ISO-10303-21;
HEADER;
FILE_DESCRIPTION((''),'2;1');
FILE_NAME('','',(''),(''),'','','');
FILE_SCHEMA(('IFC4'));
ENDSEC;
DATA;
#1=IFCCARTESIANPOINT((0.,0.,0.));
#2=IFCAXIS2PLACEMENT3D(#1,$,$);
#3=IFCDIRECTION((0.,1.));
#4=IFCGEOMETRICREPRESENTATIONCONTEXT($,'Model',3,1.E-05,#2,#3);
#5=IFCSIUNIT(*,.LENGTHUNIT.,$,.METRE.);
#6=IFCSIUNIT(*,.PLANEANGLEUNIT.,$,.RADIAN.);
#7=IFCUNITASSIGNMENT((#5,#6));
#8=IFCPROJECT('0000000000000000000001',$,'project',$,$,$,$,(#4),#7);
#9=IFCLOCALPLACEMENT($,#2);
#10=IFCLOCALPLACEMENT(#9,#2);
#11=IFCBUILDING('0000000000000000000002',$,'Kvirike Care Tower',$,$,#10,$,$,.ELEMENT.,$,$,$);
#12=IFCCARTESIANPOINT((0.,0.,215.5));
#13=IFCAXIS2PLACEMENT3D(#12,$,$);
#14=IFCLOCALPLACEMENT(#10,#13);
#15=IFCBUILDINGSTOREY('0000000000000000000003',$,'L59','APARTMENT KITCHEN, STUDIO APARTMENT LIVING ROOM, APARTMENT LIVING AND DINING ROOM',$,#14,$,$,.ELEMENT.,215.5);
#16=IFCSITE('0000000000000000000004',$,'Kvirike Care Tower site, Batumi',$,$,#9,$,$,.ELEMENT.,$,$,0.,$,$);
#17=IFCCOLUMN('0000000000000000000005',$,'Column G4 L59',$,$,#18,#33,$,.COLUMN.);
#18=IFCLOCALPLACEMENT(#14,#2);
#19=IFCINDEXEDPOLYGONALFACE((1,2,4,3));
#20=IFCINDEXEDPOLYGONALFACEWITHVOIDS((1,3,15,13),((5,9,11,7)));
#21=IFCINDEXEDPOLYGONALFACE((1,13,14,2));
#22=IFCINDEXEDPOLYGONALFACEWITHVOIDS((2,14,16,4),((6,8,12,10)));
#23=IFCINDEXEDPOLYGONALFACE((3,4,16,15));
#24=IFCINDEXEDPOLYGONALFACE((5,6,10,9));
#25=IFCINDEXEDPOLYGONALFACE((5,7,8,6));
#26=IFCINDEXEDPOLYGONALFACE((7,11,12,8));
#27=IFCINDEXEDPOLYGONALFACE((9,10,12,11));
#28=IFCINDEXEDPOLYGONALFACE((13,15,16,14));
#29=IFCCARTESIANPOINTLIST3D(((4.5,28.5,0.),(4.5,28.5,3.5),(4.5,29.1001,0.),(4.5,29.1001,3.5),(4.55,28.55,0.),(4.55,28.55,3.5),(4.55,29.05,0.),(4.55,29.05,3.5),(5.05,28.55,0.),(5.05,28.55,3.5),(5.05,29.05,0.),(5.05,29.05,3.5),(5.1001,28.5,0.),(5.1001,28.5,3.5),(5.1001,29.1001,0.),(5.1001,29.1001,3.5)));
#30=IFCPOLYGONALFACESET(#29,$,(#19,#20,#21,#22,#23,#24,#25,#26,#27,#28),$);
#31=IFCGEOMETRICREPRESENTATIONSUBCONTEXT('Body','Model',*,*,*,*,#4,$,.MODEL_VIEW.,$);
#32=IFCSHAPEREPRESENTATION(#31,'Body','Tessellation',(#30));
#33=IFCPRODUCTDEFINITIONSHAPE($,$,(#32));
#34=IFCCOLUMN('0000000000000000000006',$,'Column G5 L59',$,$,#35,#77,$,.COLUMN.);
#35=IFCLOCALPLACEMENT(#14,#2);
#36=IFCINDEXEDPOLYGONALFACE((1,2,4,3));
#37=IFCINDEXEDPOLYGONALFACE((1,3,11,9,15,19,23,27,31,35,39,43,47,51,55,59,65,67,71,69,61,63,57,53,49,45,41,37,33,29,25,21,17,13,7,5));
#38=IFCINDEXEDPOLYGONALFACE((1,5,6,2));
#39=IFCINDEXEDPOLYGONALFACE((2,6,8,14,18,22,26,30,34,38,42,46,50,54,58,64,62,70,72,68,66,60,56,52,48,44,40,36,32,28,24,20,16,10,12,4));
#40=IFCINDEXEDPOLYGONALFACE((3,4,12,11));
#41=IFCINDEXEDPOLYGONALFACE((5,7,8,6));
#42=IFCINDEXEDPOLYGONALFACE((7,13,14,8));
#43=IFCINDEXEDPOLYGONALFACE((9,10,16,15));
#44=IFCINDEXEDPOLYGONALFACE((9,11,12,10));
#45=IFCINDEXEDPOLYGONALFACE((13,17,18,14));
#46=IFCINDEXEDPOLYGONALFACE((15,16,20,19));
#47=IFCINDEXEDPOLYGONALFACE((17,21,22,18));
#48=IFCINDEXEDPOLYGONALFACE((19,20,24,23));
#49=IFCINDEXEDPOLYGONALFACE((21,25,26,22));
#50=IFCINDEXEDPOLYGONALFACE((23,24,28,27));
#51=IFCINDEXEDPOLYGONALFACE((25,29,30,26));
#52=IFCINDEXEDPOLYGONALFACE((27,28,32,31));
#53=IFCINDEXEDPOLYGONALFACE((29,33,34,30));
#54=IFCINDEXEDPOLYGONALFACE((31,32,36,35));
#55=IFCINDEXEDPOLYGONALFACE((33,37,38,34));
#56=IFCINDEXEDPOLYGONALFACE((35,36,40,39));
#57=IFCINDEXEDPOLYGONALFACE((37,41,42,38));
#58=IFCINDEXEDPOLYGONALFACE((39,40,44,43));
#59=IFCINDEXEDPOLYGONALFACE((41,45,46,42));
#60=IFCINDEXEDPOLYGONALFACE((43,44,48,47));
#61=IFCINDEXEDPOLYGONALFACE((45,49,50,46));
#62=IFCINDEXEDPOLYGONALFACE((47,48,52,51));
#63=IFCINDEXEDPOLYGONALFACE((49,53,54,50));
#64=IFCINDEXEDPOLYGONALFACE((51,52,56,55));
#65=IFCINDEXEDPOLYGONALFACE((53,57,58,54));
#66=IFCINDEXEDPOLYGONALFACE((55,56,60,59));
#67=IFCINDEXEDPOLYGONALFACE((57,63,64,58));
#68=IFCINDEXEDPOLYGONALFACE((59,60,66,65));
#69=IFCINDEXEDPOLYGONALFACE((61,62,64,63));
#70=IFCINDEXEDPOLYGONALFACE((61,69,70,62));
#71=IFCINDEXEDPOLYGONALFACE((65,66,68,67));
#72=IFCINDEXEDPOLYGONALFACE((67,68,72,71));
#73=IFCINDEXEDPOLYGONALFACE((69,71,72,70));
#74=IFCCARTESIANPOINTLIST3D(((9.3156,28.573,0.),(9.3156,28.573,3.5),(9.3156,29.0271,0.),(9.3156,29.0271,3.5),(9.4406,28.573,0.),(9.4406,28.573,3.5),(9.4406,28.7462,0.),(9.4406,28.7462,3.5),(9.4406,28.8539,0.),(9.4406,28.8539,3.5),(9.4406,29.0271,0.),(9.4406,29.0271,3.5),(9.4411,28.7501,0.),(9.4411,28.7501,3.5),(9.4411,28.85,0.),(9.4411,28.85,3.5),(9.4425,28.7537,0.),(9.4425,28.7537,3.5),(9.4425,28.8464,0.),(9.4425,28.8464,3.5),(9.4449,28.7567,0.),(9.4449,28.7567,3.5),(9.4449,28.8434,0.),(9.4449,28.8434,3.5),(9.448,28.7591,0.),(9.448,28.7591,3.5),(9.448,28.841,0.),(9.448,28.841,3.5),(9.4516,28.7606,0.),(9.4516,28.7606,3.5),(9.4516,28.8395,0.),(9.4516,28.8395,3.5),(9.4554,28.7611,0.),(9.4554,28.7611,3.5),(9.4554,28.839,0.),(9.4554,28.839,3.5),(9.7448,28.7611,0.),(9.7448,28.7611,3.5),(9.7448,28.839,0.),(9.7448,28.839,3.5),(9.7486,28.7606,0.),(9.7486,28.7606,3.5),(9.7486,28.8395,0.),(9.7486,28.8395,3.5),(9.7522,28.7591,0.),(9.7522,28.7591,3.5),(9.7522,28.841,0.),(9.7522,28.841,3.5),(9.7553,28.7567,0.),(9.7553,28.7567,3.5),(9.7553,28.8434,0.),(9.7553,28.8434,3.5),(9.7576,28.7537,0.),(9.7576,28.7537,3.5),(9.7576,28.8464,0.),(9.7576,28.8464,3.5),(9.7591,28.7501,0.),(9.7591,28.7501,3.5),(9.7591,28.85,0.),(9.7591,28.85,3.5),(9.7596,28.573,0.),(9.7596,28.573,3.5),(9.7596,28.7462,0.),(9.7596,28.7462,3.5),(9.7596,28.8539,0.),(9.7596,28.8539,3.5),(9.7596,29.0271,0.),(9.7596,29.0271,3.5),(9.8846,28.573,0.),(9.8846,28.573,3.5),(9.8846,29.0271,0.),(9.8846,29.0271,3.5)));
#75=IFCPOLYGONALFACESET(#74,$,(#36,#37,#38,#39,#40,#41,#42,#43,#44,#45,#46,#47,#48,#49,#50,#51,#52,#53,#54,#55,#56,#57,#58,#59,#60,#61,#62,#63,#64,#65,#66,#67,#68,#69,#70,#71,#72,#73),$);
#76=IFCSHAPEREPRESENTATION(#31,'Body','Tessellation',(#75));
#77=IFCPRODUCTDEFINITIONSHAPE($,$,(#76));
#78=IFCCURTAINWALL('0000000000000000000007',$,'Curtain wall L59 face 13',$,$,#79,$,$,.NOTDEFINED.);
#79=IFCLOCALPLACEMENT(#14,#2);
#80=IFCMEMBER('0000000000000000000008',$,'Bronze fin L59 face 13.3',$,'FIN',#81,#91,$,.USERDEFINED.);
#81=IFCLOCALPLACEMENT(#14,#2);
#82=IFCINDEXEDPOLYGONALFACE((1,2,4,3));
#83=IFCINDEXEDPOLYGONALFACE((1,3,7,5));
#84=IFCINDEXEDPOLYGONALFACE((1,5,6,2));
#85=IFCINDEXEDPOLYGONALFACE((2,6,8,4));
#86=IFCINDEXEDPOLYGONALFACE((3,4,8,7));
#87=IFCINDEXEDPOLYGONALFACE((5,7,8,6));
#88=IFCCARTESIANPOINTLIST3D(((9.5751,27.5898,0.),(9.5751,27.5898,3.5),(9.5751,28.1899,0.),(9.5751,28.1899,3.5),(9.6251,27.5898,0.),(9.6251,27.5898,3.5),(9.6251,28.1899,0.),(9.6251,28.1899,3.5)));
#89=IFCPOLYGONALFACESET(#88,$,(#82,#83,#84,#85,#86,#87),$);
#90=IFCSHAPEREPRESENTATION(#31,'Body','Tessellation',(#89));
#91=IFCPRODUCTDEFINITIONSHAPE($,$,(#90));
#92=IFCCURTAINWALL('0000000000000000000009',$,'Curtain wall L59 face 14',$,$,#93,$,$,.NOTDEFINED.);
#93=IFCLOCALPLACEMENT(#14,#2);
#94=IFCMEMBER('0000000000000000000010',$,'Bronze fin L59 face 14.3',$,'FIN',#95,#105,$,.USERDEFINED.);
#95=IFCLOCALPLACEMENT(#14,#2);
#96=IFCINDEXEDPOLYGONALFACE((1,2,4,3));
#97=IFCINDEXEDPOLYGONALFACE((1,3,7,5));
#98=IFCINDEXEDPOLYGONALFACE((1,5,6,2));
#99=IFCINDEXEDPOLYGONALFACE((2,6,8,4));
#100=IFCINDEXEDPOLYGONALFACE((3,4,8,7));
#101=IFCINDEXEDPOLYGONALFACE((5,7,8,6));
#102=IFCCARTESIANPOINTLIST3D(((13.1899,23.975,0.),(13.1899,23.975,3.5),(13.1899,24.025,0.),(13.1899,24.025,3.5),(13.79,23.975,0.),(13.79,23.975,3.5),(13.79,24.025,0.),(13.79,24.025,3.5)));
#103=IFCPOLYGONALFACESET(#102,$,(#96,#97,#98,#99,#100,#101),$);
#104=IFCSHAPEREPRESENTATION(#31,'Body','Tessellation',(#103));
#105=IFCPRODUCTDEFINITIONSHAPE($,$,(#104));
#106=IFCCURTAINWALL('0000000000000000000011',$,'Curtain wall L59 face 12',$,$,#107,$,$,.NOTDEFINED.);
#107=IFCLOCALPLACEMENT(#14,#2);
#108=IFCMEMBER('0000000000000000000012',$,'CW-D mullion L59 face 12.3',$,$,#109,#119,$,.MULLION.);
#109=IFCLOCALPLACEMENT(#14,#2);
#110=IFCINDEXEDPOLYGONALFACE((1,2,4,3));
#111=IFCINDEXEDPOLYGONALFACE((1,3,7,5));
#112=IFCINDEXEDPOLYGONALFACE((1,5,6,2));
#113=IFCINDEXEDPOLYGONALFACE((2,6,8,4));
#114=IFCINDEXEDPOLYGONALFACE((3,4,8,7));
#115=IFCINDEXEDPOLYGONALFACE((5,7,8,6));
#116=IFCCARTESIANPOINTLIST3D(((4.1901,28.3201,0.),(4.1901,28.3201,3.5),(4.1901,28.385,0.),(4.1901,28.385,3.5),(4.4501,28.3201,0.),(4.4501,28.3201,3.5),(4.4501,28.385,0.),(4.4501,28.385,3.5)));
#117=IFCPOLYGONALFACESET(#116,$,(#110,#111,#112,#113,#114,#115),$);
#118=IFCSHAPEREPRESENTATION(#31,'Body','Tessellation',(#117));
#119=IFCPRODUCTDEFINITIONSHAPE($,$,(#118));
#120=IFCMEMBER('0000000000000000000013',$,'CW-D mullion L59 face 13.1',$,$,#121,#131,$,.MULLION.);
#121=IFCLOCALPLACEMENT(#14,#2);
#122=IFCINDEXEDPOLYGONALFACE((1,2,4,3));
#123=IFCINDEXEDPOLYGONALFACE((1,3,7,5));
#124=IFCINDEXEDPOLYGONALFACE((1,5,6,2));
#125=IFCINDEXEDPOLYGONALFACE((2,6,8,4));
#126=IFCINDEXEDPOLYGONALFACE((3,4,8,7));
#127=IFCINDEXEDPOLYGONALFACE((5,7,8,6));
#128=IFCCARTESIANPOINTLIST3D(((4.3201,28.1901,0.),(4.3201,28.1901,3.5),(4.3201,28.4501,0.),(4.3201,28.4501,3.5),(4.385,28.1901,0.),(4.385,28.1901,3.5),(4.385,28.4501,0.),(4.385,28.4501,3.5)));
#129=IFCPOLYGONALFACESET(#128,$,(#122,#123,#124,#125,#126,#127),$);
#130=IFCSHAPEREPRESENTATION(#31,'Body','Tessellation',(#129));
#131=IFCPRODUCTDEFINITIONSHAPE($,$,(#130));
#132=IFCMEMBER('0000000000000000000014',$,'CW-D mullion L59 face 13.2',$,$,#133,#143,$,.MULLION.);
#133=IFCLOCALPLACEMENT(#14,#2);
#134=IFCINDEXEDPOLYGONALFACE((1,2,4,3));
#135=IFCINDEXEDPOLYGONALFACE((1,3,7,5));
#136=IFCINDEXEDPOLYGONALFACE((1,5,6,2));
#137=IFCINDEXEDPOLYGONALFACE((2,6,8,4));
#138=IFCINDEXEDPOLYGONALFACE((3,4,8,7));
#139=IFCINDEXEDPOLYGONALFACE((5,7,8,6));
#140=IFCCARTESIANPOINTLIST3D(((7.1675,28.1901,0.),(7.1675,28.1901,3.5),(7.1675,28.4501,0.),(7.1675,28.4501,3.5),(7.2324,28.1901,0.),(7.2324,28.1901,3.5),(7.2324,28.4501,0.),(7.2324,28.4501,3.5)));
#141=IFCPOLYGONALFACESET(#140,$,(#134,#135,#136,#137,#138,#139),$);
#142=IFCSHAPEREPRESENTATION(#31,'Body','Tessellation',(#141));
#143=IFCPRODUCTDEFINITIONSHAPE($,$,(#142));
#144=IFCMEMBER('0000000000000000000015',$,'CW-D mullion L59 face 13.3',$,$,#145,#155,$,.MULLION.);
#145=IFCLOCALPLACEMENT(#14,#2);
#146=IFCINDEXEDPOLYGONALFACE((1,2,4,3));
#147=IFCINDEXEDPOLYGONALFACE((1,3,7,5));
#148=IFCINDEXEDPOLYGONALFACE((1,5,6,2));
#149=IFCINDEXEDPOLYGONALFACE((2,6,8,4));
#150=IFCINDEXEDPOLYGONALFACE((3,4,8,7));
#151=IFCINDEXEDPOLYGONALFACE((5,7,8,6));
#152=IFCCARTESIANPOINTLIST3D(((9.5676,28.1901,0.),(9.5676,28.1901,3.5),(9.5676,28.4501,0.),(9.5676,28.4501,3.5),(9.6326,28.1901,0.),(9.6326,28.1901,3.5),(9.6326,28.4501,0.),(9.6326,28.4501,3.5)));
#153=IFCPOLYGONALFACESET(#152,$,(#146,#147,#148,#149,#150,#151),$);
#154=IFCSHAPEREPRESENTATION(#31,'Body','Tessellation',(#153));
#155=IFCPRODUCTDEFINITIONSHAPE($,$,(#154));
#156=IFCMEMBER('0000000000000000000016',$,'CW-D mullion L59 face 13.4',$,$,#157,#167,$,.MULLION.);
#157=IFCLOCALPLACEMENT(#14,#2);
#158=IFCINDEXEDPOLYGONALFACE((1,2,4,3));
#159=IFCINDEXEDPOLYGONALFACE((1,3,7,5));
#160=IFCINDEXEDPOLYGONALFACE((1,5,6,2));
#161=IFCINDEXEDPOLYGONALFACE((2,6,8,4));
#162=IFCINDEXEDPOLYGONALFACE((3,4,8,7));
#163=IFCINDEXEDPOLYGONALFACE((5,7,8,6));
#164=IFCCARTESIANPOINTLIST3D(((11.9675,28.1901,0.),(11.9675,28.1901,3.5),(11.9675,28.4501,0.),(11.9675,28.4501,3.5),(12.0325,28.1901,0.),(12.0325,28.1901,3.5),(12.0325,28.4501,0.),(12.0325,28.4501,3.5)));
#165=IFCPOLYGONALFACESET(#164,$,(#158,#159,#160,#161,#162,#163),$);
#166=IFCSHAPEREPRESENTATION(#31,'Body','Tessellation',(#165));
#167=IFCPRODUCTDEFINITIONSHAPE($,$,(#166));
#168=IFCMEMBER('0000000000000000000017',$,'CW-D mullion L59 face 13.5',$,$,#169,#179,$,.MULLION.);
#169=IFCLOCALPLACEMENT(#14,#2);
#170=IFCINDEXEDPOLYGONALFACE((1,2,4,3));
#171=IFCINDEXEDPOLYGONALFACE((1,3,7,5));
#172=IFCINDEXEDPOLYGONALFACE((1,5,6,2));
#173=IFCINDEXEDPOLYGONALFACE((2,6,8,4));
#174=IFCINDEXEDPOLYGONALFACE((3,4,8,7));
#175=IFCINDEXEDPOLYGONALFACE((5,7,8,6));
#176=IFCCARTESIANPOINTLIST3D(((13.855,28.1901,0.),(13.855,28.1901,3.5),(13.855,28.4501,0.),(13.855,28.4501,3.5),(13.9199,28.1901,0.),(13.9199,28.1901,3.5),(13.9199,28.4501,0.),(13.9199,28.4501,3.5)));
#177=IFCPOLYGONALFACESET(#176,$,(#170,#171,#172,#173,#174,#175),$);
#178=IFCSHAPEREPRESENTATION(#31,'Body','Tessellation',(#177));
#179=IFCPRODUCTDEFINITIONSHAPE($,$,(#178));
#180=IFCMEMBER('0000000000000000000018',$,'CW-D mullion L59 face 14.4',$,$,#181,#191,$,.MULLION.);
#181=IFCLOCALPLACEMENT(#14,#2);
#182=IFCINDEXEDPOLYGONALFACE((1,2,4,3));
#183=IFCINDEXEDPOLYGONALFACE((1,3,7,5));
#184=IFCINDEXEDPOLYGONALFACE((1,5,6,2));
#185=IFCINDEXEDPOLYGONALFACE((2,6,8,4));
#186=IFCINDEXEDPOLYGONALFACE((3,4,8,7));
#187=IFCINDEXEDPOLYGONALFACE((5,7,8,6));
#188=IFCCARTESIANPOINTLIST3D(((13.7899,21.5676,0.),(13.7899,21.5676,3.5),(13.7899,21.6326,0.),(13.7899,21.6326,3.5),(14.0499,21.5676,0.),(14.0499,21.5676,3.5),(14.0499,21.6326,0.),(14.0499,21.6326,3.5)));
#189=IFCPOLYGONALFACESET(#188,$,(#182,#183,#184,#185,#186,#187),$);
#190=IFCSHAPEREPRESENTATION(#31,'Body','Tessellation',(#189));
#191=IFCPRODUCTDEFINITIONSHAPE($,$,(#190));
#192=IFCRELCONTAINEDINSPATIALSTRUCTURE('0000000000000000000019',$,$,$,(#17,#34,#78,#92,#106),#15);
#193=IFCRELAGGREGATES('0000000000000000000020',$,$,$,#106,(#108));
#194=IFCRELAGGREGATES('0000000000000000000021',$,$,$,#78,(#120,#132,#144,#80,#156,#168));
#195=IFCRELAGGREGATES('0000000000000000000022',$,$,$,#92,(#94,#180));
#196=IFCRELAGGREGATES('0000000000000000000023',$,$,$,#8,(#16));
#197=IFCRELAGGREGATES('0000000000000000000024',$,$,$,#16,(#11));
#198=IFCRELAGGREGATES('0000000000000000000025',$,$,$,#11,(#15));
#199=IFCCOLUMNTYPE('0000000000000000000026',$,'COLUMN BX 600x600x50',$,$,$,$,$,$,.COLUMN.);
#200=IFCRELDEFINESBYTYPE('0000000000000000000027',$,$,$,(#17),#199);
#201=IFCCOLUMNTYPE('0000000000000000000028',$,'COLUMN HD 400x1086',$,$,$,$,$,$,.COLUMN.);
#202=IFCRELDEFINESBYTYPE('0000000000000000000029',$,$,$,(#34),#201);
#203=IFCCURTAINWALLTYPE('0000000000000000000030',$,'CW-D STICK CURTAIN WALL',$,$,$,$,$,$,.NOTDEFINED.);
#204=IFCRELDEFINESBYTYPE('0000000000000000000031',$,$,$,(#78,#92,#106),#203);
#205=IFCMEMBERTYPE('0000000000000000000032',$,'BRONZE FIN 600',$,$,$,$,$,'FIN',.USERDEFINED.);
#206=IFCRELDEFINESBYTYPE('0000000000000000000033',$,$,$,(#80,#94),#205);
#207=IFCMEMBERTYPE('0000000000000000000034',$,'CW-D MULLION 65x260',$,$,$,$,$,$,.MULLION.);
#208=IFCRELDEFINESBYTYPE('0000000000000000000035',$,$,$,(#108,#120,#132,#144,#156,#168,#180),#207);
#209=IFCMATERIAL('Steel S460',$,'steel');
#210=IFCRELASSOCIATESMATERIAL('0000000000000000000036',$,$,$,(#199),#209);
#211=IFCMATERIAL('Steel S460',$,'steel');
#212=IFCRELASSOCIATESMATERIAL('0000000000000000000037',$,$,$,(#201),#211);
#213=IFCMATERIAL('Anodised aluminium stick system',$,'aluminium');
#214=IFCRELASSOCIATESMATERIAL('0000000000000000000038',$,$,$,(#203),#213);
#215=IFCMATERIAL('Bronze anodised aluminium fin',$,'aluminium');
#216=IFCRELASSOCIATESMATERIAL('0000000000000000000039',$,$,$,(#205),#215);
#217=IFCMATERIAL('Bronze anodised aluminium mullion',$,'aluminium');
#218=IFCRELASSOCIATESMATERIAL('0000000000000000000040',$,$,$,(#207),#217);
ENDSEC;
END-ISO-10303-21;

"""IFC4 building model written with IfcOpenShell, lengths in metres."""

from ifc_helpers import new_model, si_unit, direction, frame, origin, origin_2d, place, context, subcontext, project, spatial, rectangle, hollow_rectangle, i_section, extrude, material, material_profile, profile_set, type_object, element, aggregate, save


model = new_model("IFC4")

# Units and contexts
model_context = context("Model", 3, precision=1e-05, world=origin(), true_north=direction((0.0, 1.0)))
body_context = subcontext(model_context, "Body", "Model", "MODEL_VIEW")
ifc_project = project(units=[si_unit("LENGTHUNIT", "METRE"), si_unit("PLANEANGLEUNIT", "RADIAN")], contexts=[model_context])

# Site, building, storey
site_placement = place(None, origin())
site = spatial("IfcSite", under=ifc_project, at=site_placement, Name="Kvirike Care Tower site, Batumi", CompositionType="ELEMENT", RefElevation=0.0)
building_placement = place(site_placement, origin())
building = spatial("IfcBuilding", under=site, at=building_placement, Name="Kvirike Care Tower", CompositionType="ELEMENT")
storey_placement = place(building_placement, frame((0.0, 0.0, 215.5)))
storey = spatial("IfcBuildingStorey", under=building, at=storey_placement, Name="L59", Description="APARTMENT KITCHEN, STUDIO APARTMENT LIVING ROOM, APARTMENT LIVING AND DINING ROOM", CompositionType="ELEMENT", Elevation=215.5)

# Columns
ifc_material_1 = material(Name="Steel S460", Category="steel")
ifc_material_profile_1 = material_profile(ifc_material_1, hollow_rectangle(XDim=0.6001, YDim=0.6001, WallThickness=0.05, at=origin_2d()), Name="BX 600x600x50")
ifc_profile_set_1 = profile_set([ifc_material_profile_1], Name="Steel S460")
column_type_1 = type_object("IfcColumnType", Name="COLUMN BX 600x600x50", PredefinedType="COLUMN", material=ifc_profile_set_1)
column_1_placement = place(storey_placement, frame((4.8, 28.8, 0.0), z_axis=(0.0, 0.0, 1.0), x_axis=(0.0, 1.0, 0.0)))
element("IfcColumn", 1, at=column_1_placement, inside=storey, type_object=column_type_1, Name="Column G4 L59", PredefinedType="COLUMN", context=body_context, shape_type="SweptSolid", body=[
    extrude(hollow_rectangle(XDim=0.6001, YDim=0.6001, WallThickness=0.05, at=origin_2d()), origin(), (0.0, 0.0, 1.0), 3.5),
])
ifc_material_2 = material(Name="Steel S460", Category="steel")
ifc_material_profile_2 = material_profile(ifc_material_2, i_section(OverallWidth=0.4541, OverallDepth=0.5691, WebThickness=0.0779, FlangeThickness=0.125, FilletRadius=0.0149, at=origin_2d()), Name="HD 400x1086")
ifc_profile_set_2 = profile_set([ifc_material_profile_2], Name="Steel S460")
column_type_2 = type_object("IfcColumnType", Name="COLUMN HD 400x1086", PredefinedType="COLUMN", material=ifc_profile_set_2)
column_2_placement = place(storey_placement, frame((9.6001, 28.8, 0.0), z_axis=(0.0, 0.0, 1.0), x_axis=(0.0, 1.0, 0.0)))
element("IfcColumn", 2, at=column_2_placement, inside=storey, type_object=column_type_2, Name="Column G5 L59", PredefinedType="COLUMN", context=body_context, shape_type="SweptSolid", body=[
    extrude(i_section(OverallWidth=0.4541, OverallDepth=0.5691, WebThickness=0.0779, FlangeThickness=0.125, FilletRadius=0.0149, at=origin_2d()), origin(), (0.0, 0.0, 1.0), 3.5),
])

# Curtain walls, members
ifc_material_3 = material(Name="Anodised aluminium stick system", Category="aluminium")
curtain_wall_type = type_object("IfcCurtainWallType", Name="CW-D STICK CURTAIN WALL", PredefinedType="NOTDEFINED", material=ifc_material_3)
curtain_wall_1_placement = place(storey_placement, origin())
curtain_wall_1 = element("IfcCurtainWall", 3, at=curtain_wall_1_placement, inside=storey, type_object=curtain_wall_type, Name="Curtain wall L59 face 13", PredefinedType="NOTDEFINED")
ifc_material_4 = material(Name="Bronze anodised aluminium fin", Category="aluminium")
ifc_material_profile_3 = material_profile(ifc_material_4, rectangle(XDim=0.05, YDim=0.6001, at=origin_2d()), Name="BRONZE FIN 600")
ifc_profile_set_3 = profile_set([ifc_material_profile_3], Name="Bronze anodised aluminium fin")
member_type_1 = type_object("IfcMemberType", Name="BRONZE FIN 600", ElementType="FIN", PredefinedType="USERDEFINED", material=ifc_profile_set_3)
member_1_placement = place(storey_placement, frame((9.6001, 27.8899, 0.0), z_axis=(0.0, 0.0, 1.0), x_axis=(1.0, 0.0, 0.0)))
member_1 = element("IfcMember", 4, at=member_1_placement, type_object=member_type_1, Name="Bronze fin L59 face 13.3", ObjectType="FIN", PredefinedType="USERDEFINED", context=body_context, shape_type="SweptSolid", body=[
    extrude(rectangle(XDim=0.05, YDim=0.6001, at=origin_2d()), origin(), (0.0, 0.0, 1.0), 3.5),
])
curtain_wall_2_placement = place(storey_placement, origin())
curtain_wall_2 = element("IfcCurtainWall", 5, at=curtain_wall_2_placement, inside=storey, type_object=curtain_wall_type, Name="Curtain wall L59 face 14", PredefinedType="NOTDEFINED")
member_2_placement = place(storey_placement, frame((13.49, 24.0, 0.0), z_axis=(0.0, 0.0, 1.0), x_axis=(0.0, -1.0, 0.0)))
member_2 = element("IfcMember", 6, at=member_2_placement, type_object=member_type_1, Name="Bronze fin L59 face 14.3", ObjectType="FIN", PredefinedType="USERDEFINED", context=body_context, shape_type="SweptSolid", body=[
    extrude(rectangle(XDim=0.05, YDim=0.6001, at=origin_2d()), origin(), (0.0, 0.0, 1.0), 3.5),
])
curtain_wall_3_placement = place(storey_placement, origin())
curtain_wall_3 = element("IfcCurtainWall", 7, at=curtain_wall_3_placement, inside=storey, type_object=curtain_wall_type, Name="Curtain wall L59 face 12", PredefinedType="NOTDEFINED")
ifc_material_5 = material(Name="Bronze anodised aluminium mullion", Category="aluminium")
ifc_material_profile_4 = material_profile(ifc_material_5, rectangle(XDim=0.0649, YDim=0.26, at=origin_2d()), Name="CW-D MULLION 65x260")
ifc_profile_set_4 = profile_set([ifc_material_profile_4], Name="Bronze anodised aluminium mullion")
member_type_2 = type_object("IfcMemberType", Name="CW-D MULLION 65x260", PredefinedType="MULLION", material=ifc_profile_set_4)
member_3_placement = place(storey_placement, frame((4.3201, 28.3525, 0.0), z_axis=(0.0, 0.0, 1.0), x_axis=(0.0, -1.0, 0.0)))
member_3 = element("IfcMember", 8, at=member_3_placement, type_object=member_type_2, Name="CW-D mullion L59 face 12.3", PredefinedType="MULLION", context=body_context, shape_type="SweptSolid", body=[
    extrude(rectangle(XDim=0.0649, YDim=0.26, at=origin_2d()), origin(), (0.0, 0.0, 1.0), 3.5),
])

# Members
member_4_placement = place(storey_placement, frame((4.3525, 28.3201, 0.0), z_axis=(0.0, 0.0, 1.0), x_axis=(1.0, 0.0, 0.0)))
member_4 = element("IfcMember", 9, at=member_4_placement, type_object=member_type_2, Name="CW-D mullion L59 face 13.1", PredefinedType="MULLION", context=body_context, shape_type="SweptSolid", body=[
    extrude(rectangle(XDim=0.0649, YDim=0.26, at=origin_2d()), origin(), (0.0, 0.0, 1.0), 3.5),
])
member_5_placement = place(storey_placement, frame((7.2, 28.3201, 0.0), z_axis=(0.0, 0.0, 1.0), x_axis=(1.0, 0.0, 0.0)))
member_5 = element("IfcMember", 10, at=member_5_placement, type_object=member_type_2, Name="CW-D mullion L59 face 13.2", PredefinedType="MULLION", context=body_context, shape_type="SweptSolid", body=[
    extrude(rectangle(XDim=0.0649, YDim=0.26, at=origin_2d()), origin(), (0.0, 0.0, 1.0), 3.5),
])
member_6_placement = place(storey_placement, frame((9.6001, 28.3201, 0.0), z_axis=(0.0, 0.0, 1.0), x_axis=(1.0, 0.0, 0.0)))
member_6 = element("IfcMember", 11, at=member_6_placement, type_object=member_type_2, Name="CW-D mullion L59 face 13.3", PredefinedType="MULLION", context=body_context, shape_type="SweptSolid", body=[
    extrude(rectangle(XDim=0.0649, YDim=0.26, at=origin_2d()), origin(), (0.0, 0.0, 1.0), 3.5),
])
member_7_placement = place(storey_placement, frame((12.0, 28.3201, 0.0), z_axis=(0.0, 0.0, 1.0), x_axis=(1.0, 0.0, 0.0)))
member_7 = element("IfcMember", 12, at=member_7_placement, type_object=member_type_2, Name="CW-D mullion L59 face 13.4", PredefinedType="MULLION", context=body_context, shape_type="SweptSolid", body=[
    extrude(rectangle(XDim=0.0649, YDim=0.26, at=origin_2d()), origin(), (0.0, 0.0, 1.0), 3.5),
])
member_8_placement = place(storey_placement, frame((13.8875, 28.3201, 0.0), z_axis=(0.0, 0.0, 1.0), x_axis=(1.0, 0.0, 0.0)))
member_8 = element("IfcMember", 13, at=member_8_placement, type_object=member_type_2, Name="CW-D mullion L59 face 13.5", PredefinedType="MULLION", context=body_context, shape_type="SweptSolid", body=[
    extrude(rectangle(XDim=0.0649, YDim=0.26, at=origin_2d()), origin(), (0.0, 0.0, 1.0), 3.5),
])
member_9_placement = place(storey_placement, frame((13.9199, 21.6001, 0.0), z_axis=(0.0, 0.0, 1.0), x_axis=(0.0, -1.0, 0.0)))
member_9 = element("IfcMember", 14, at=member_9_placement, type_object=member_type_2, Name="CW-D mullion L59 face 14.4", PredefinedType="MULLION", context=body_context, shape_type="SweptSolid", body=[
    extrude(rectangle(XDim=0.0649, YDim=0.26, at=origin_2d()), origin(), (0.0, 0.0, 1.0), 3.5),
])

aggregate(curtain_wall_3, [member_3])
aggregate(curtain_wall_1, [member_4, member_5, member_6, member_1, member_7, member_8])
aggregate(curtain_wall_2, [member_2, member_9])

save(model, "model.ifc")
